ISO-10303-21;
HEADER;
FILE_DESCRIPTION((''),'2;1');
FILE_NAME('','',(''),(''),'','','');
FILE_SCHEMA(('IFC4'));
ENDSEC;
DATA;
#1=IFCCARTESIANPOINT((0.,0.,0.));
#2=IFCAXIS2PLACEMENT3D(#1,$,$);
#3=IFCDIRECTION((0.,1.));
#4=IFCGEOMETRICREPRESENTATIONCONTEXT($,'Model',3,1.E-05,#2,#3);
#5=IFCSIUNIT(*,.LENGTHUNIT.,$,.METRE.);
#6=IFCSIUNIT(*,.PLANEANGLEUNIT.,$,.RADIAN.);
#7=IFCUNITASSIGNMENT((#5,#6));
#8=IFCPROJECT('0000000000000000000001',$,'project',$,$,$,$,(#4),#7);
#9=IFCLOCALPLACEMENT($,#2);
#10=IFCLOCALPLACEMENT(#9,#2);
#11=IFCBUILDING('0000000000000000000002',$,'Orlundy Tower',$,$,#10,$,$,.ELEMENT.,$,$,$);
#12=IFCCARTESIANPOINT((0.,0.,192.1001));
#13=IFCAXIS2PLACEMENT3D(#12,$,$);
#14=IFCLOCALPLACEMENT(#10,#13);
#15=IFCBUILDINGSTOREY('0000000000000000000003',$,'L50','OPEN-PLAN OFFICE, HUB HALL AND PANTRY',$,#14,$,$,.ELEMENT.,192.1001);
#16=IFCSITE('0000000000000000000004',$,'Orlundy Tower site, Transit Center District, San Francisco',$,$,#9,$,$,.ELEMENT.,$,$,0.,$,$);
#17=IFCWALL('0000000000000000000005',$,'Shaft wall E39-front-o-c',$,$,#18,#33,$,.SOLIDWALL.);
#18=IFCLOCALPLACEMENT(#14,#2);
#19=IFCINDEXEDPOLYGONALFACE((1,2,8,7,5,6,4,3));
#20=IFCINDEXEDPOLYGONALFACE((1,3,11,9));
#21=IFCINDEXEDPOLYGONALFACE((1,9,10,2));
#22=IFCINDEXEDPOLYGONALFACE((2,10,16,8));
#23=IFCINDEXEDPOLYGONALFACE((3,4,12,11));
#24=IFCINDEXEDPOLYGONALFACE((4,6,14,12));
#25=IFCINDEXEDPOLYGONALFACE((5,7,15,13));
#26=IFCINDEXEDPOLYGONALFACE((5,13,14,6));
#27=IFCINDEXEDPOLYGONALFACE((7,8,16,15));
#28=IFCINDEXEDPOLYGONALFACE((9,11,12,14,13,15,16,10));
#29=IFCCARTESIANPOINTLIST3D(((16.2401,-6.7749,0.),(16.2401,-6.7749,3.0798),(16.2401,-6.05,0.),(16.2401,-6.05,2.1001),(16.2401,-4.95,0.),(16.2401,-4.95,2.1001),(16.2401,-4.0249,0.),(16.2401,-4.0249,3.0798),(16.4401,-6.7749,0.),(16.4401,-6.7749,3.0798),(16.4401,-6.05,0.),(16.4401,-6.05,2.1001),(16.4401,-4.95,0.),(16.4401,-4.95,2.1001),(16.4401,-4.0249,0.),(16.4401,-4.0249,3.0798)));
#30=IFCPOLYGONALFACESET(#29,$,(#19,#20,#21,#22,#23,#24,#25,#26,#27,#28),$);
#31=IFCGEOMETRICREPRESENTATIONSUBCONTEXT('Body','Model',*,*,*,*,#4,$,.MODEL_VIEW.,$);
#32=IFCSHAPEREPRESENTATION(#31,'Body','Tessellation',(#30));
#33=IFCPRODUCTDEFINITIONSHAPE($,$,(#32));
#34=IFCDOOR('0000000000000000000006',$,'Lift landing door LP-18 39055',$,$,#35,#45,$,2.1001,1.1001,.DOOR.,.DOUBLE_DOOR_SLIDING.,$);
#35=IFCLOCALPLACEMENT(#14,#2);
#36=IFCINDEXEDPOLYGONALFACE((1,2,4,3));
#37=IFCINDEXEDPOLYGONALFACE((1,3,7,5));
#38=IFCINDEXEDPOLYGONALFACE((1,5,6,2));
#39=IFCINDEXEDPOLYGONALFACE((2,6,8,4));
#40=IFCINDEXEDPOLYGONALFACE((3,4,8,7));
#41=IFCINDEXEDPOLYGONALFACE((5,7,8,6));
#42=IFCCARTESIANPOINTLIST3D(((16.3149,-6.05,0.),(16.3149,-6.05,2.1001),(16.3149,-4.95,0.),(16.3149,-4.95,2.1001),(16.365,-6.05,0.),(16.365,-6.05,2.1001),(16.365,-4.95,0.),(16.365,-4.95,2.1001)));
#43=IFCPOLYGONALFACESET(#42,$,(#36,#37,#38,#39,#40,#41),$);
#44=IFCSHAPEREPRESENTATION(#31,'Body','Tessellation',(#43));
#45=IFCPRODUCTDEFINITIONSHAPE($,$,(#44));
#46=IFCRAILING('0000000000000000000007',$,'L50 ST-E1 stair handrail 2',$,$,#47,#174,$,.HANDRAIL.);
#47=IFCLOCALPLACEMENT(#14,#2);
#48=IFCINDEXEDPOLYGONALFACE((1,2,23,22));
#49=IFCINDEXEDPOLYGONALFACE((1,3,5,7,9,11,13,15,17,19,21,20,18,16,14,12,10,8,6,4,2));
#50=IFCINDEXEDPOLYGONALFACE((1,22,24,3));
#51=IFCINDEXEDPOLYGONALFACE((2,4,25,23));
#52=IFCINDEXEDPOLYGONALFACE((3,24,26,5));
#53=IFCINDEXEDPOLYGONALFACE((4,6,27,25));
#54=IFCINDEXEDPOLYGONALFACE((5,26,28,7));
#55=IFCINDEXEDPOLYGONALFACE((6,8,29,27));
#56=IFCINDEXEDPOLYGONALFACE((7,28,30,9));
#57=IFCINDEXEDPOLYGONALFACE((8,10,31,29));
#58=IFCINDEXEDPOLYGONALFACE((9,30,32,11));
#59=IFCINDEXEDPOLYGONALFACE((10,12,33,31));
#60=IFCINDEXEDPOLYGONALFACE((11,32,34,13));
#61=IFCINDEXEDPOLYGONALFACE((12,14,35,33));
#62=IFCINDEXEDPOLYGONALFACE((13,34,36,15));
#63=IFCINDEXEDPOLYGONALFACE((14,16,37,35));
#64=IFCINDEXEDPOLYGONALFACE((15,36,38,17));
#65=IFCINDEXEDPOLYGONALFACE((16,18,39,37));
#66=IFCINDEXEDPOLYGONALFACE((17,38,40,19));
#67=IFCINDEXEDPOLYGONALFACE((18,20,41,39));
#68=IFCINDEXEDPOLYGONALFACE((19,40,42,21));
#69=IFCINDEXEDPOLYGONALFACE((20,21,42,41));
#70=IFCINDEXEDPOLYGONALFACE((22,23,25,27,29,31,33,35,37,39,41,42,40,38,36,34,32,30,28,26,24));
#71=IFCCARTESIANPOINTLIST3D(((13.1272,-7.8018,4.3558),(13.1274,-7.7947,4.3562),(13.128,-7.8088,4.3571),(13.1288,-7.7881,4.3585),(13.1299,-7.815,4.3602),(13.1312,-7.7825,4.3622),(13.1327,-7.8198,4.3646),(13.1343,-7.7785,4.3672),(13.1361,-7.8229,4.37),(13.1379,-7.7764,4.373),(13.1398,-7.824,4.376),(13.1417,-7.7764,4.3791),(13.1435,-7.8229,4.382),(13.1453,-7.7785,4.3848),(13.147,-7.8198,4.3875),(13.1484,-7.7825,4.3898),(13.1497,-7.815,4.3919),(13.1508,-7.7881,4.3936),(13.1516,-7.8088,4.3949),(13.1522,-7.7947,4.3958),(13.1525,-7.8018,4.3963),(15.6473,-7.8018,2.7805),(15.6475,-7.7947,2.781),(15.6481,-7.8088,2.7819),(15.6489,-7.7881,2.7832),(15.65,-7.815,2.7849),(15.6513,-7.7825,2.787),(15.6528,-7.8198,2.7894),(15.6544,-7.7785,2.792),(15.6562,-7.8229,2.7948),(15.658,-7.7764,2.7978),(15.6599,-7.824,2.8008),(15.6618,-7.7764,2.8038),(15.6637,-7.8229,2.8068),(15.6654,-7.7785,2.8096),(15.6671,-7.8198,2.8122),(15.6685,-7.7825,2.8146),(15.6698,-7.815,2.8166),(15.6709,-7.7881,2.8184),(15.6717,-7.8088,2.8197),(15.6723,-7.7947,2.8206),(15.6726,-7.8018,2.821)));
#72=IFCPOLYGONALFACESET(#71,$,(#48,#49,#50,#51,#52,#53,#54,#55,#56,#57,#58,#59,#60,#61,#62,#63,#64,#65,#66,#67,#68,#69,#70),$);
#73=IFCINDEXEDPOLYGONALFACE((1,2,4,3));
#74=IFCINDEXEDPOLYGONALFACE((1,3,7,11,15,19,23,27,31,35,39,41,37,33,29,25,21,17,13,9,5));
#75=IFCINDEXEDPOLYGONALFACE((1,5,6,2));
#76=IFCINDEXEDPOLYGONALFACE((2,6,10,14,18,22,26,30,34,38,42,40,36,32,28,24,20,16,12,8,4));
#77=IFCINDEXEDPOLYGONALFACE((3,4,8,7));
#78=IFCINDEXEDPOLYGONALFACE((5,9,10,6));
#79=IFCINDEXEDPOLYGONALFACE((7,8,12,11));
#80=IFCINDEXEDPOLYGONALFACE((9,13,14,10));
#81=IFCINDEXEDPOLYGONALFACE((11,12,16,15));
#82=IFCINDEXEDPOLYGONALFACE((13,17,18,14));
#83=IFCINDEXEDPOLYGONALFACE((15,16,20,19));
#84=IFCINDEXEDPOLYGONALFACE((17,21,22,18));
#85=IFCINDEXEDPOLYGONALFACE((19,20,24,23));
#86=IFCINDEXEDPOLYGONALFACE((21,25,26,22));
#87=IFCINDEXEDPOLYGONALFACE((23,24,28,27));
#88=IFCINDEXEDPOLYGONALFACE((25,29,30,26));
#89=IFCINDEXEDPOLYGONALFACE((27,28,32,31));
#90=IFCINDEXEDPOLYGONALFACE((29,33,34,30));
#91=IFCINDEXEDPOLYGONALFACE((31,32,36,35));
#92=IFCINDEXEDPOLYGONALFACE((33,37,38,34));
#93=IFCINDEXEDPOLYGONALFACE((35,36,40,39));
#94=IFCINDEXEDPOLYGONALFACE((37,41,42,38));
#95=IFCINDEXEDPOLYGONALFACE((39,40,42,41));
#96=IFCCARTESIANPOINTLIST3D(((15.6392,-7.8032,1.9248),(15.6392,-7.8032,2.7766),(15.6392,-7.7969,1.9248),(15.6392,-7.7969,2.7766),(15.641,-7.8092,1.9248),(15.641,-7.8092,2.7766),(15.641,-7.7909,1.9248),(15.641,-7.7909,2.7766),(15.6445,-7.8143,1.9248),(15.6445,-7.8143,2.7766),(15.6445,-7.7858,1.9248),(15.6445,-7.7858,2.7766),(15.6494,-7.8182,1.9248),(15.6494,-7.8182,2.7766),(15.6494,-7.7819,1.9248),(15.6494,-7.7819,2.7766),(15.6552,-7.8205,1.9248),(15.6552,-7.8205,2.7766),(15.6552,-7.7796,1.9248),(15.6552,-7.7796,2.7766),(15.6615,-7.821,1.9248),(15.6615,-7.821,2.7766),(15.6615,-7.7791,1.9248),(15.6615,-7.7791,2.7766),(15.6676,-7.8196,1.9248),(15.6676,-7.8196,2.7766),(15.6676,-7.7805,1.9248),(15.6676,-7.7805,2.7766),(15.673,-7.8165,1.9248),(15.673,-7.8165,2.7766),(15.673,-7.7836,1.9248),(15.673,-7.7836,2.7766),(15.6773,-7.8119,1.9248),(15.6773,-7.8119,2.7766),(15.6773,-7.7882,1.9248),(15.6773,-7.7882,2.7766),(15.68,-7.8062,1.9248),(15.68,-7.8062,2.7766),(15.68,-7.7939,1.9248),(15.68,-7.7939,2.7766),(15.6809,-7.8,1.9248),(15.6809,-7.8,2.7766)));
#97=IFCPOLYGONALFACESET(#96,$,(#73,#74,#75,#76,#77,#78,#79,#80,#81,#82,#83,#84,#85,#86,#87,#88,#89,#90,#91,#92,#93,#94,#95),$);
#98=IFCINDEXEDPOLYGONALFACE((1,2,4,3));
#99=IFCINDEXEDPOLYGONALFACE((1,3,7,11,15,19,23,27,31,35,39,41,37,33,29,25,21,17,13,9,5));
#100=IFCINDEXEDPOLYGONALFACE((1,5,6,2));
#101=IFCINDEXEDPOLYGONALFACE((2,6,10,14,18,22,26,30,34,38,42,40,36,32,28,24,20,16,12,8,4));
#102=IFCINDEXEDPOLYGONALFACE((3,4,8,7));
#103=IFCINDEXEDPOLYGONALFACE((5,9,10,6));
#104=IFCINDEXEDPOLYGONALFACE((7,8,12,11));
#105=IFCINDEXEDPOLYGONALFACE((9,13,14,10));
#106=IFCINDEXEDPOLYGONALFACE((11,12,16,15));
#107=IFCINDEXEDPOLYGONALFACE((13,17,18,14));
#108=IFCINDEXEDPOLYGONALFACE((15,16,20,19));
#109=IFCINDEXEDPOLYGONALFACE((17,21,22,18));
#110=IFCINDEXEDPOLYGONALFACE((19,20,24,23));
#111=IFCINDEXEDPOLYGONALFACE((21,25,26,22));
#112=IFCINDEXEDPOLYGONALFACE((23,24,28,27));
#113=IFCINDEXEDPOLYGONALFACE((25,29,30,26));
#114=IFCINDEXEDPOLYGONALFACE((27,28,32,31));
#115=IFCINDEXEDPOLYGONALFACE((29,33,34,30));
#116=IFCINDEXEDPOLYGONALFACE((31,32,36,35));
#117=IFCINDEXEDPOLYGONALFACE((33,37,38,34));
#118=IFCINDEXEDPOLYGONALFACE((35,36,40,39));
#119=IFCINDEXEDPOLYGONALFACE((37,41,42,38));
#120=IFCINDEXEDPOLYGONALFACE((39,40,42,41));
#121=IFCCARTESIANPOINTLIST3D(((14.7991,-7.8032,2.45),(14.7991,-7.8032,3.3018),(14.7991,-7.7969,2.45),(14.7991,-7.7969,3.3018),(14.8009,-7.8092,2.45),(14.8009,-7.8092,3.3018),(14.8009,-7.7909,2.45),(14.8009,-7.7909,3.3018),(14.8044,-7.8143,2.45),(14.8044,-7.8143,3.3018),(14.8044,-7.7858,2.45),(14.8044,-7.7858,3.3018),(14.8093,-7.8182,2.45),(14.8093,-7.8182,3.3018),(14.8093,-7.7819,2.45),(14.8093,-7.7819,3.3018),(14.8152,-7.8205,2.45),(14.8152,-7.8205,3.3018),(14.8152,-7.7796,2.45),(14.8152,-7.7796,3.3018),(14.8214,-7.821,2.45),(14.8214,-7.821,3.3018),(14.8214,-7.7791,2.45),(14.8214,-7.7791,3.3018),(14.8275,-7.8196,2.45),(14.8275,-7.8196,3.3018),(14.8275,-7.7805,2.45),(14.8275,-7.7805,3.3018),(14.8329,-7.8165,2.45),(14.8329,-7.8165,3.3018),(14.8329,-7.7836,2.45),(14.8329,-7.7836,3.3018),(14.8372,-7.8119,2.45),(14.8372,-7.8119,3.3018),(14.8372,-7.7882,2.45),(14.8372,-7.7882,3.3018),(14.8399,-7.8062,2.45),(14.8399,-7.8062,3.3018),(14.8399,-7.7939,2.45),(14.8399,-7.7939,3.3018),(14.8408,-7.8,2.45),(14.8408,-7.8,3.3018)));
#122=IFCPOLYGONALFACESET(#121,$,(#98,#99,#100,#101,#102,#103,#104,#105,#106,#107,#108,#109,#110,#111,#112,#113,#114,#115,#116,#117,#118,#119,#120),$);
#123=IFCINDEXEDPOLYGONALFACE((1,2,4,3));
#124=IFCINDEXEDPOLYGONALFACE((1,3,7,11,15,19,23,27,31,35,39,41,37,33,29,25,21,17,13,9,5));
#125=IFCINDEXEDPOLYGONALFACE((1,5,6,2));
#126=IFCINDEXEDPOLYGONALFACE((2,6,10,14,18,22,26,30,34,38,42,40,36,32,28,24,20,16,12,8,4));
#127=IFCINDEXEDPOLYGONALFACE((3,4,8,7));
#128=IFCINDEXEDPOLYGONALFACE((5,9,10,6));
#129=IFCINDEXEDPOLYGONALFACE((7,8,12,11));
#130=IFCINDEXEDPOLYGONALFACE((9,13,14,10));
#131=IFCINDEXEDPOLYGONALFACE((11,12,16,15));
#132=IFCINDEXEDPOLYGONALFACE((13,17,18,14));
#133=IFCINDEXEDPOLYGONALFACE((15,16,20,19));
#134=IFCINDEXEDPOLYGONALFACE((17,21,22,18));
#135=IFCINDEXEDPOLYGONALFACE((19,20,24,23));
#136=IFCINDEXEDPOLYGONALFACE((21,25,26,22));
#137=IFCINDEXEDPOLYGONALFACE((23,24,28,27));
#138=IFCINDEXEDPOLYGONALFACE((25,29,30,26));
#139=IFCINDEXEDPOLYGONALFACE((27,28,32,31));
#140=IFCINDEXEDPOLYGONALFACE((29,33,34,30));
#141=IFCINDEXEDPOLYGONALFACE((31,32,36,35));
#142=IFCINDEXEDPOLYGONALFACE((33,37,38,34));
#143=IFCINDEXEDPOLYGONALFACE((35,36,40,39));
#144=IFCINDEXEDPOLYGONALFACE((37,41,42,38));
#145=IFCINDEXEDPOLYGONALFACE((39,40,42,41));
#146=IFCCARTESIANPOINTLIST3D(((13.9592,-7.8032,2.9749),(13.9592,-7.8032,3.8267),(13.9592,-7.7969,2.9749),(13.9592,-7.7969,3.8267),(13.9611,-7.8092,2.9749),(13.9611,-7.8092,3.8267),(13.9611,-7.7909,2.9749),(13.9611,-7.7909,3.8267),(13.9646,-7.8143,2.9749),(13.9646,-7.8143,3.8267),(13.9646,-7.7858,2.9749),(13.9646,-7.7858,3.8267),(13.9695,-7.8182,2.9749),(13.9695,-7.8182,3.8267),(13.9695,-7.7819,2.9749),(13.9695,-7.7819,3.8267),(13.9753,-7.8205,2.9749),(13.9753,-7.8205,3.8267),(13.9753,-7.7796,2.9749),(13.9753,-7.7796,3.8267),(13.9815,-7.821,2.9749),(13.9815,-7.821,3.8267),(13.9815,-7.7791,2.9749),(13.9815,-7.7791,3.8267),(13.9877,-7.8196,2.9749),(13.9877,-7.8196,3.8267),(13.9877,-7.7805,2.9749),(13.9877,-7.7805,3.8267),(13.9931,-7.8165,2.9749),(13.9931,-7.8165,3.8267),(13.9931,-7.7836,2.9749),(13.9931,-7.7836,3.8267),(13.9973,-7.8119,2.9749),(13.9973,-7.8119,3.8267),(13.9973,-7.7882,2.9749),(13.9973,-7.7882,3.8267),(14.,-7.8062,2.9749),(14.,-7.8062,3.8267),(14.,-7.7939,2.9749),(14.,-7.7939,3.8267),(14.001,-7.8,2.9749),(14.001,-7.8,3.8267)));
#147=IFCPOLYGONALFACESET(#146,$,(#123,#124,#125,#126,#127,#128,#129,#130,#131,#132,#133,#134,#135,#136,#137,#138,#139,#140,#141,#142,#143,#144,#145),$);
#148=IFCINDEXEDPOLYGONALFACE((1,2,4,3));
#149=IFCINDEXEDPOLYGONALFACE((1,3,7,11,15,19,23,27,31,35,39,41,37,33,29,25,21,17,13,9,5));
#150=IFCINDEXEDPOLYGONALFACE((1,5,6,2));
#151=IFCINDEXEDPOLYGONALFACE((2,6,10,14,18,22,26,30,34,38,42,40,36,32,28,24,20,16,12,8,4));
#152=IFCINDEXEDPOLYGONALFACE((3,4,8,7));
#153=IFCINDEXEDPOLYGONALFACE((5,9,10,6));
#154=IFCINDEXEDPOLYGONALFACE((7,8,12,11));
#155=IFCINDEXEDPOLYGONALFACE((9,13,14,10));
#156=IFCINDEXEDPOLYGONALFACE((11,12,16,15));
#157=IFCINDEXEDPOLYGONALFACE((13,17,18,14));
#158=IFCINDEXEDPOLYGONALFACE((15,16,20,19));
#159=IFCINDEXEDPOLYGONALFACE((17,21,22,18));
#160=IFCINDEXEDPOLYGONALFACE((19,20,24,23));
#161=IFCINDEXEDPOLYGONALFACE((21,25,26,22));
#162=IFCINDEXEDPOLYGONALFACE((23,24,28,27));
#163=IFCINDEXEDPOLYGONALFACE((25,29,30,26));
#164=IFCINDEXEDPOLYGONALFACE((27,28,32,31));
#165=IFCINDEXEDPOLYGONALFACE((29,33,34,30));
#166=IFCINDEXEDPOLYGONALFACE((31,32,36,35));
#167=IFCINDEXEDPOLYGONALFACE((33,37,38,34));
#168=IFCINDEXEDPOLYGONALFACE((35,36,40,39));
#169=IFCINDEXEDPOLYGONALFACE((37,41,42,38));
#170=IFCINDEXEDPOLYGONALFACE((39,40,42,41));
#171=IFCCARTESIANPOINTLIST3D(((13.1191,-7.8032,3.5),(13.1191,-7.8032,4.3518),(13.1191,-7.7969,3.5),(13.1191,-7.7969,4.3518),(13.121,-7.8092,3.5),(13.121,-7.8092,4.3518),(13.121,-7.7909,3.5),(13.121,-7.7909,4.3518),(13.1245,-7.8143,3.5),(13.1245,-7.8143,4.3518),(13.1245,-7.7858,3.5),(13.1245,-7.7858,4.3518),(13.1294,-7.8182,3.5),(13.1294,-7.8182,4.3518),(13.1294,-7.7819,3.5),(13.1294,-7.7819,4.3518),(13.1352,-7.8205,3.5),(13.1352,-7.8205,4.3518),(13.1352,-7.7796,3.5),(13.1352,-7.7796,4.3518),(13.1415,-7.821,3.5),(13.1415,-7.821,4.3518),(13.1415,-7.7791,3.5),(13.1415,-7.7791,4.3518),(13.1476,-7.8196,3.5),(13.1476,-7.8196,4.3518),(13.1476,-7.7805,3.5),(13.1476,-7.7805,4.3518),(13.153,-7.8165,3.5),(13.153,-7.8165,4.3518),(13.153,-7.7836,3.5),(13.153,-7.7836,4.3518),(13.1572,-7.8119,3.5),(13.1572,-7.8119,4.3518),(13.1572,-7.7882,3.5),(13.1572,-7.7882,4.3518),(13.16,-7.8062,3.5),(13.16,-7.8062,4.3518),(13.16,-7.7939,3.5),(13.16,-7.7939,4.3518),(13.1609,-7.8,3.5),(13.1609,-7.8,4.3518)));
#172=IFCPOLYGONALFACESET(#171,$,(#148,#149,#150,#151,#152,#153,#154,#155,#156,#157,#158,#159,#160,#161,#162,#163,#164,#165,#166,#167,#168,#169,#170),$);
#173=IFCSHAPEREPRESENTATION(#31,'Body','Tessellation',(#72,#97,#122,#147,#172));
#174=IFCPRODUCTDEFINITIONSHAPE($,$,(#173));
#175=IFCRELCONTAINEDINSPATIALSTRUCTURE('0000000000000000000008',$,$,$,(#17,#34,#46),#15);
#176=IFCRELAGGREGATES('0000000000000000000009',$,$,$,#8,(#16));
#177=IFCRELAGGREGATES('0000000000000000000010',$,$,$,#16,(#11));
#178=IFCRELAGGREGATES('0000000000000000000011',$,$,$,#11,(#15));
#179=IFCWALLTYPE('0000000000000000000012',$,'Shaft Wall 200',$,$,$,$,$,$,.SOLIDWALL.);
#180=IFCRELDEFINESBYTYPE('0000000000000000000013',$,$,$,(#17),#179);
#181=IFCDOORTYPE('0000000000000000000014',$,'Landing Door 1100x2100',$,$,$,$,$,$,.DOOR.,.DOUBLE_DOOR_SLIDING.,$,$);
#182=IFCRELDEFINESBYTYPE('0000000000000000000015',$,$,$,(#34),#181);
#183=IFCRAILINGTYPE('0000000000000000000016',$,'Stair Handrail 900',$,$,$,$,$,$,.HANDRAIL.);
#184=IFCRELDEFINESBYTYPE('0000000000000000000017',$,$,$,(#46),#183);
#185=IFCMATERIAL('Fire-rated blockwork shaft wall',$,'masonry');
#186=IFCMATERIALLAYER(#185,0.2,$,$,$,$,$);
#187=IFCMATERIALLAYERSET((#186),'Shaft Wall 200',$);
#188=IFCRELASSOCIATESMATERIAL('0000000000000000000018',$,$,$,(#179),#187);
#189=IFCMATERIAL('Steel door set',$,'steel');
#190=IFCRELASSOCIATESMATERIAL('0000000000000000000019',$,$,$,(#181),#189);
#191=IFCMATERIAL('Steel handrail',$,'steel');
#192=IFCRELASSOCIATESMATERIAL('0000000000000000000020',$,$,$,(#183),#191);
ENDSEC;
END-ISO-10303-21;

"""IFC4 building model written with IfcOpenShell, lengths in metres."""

from ifc_helpers import new_model, si_unit, direction, frame, frame_2d, origin, origin_2d, place, context, subcontext, project, spatial, rectangle, circle, extrude, material, layer, layer_set, type_object, element, fill, save


model = new_model("IFC4")

# Units and contexts
model_context = context("Model", 3, precision=1e-05, world=origin(), true_north=direction((0.0, 1.0)))
body_context = subcontext(model_context, "Body", "Model", "MODEL_VIEW")
ifc_project = project(units=[si_unit("LENGTHUNIT", "METRE"), si_unit("PLANEANGLEUNIT", "RADIAN")], contexts=[model_context])

# Site, building, storey
site_placement = place(None, origin())
site = spatial("IfcSite", under=ifc_project, at=site_placement, Name="Orlundy Tower site, Transit Center District, San Francisco", CompositionType="ELEMENT", RefElevation=0.0)
building_placement = place(site_placement, origin())
building = spatial("IfcBuilding", under=site, at=building_placement, Name="Orlundy Tower", CompositionType="ELEMENT")
storey_placement = place(building_placement, frame((0.0, 0.0, 192.1001)))
storey = spatial("IfcBuildingStorey", under=building, at=storey_placement, Name="L50", Description="OPEN-PLAN OFFICE, HUB HALL AND PANTRY", CompositionType="ELEMENT", Elevation=192.1001)

# Shared definitions
ifc_material_1 = material(Name="Fire-rated blockwork shaft wall", Category="masonry")
ifc_layer_1 = layer(ifc_material_1, 0.2)
ifc_layer_set_1 = layer_set([ifc_layer_1], Name="Shaft Wall 200")
wall_type_1 = type_object("IfcWallType", Name="Shaft Wall 200", PredefinedType="SOLIDWALL", material=ifc_layer_set_1)
ifc_material_2 = material(Name="Steel door set", Category="steel")
door_type = type_object("IfcDoorType", Name="Landing Door 1100x2100", OperationType="DOUBLE_DOOR_SLIDING", PredefinedType="DOOR", material=ifc_material_2)

# Wall, opening, door
wall_1_placement = place(storey_placement, frame((16.3401, -4.0249, 0.0), z_axis=(0.0, 0.0, 1.0), x_axis=(0.0, -1.0, 0.0)))
wall_1 = element("IfcWall", 1, at=wall_1_placement, inside=storey, type_object=wall_type_1, Name="Shaft wall E39-front-o-c", PredefinedType="SOLIDWALL", context=body_context, shape_type="SweptSolid", body=[
    extrude(rectangle(XDim=2.75, YDim=0.2, at=frame_2d((1.375, 0.0))), origin(), (0.0, 0.0, 1.0), 3.0798),
])
opening_1_placement = place(wall_1_placement, frame((0.925, 0.0, 0.0)))
opening_1 = element("IfcOpeningElement", 2, at=opening_1_placement, cuts=wall_1, PredefinedType="OPENING", context=body_context, shape_type="SweptSolid", body=[
    extrude(rectangle(XDim=1.1001, YDim=2.1001, at=frame_2d((0.55, 1.05))), frame((0.0, 0.1101, 0.0), z_axis=(0.0, -1.0, 0.0), x_axis=(1.0, 0.0, 0.0)), (0.0, 0.0, 1.0), 0.2202),
])
door_1_placement = place(opening_1_placement, origin())
door_1 = element("IfcDoor", 3, at=door_1_placement, inside=storey, type_object=door_type, Name="Lift landing door LP-18 39055", OperationType="DOUBLE_DOOR_SLIDING", OverallHeight=2.1001, OverallWidth=1.1001, PredefinedType="DOOR", context=body_context, shape_type="SweptSolid", body=[
    extrude(rectangle(XDim=1.1001, YDim=2.1001, at=frame_2d((0.55, 1.05))), frame((0.0, 0.0249, 0.0), z_axis=(0.0, -1.0, 0.0), x_axis=(1.0, 0.0, 0.0)), (0.0, 0.0, 1.0), 0.05),
])
fill(opening_1, door_1)

# Railing
ifc_material_3 = material(Name="Steel handrail", Category="steel")
railing_type = type_object("IfcRailingType", Name="Stair Handrail 900", PredefinedType="HANDRAIL", material=ifc_material_3)
railing_placement = place(storey_placement, frame((15.6599, -7.8, 1.9248)))
element("IfcRailing", 4, at=railing_placement, inside=storey, type_object=railing_type, Name="L50 ST-E1 stair handrail 2", PredefinedType="HANDRAIL", context=body_context, shape_type="SweptSolid", body=[
    extrude(circle(Radius=0.0239, at=origin_2d()), frame((0.0, 0.0, 0.876), z_axis=(-0.847971, 0.0, 0.530043), x_axis=(0.0, -1.0, 0.0)), (0.0, 0.0, 1.0), 2.9719),
    extrude(circle(Radius=0.021, at=origin_2d()), origin(), (0.0, 0.0, 1.0), 0.8518),
    extrude(circle(Radius=0.021, at=origin_2d()), frame((-0.8401, 0.0, 0.5251)), (0.0, 0.0, 1.0), 0.8518),
    extrude(circle(Radius=0.021, at=origin_2d()), frame((-1.6799, 0.0, 1.05)), (0.0, 0.0, 1.0), 0.8518),
    extrude(circle(Radius=0.021, at=origin_2d()), frame((-2.52, 0.0, 1.5752)), (0.0, 0.0, 1.0), 0.8518),
])

save(model, "model.ifc")
